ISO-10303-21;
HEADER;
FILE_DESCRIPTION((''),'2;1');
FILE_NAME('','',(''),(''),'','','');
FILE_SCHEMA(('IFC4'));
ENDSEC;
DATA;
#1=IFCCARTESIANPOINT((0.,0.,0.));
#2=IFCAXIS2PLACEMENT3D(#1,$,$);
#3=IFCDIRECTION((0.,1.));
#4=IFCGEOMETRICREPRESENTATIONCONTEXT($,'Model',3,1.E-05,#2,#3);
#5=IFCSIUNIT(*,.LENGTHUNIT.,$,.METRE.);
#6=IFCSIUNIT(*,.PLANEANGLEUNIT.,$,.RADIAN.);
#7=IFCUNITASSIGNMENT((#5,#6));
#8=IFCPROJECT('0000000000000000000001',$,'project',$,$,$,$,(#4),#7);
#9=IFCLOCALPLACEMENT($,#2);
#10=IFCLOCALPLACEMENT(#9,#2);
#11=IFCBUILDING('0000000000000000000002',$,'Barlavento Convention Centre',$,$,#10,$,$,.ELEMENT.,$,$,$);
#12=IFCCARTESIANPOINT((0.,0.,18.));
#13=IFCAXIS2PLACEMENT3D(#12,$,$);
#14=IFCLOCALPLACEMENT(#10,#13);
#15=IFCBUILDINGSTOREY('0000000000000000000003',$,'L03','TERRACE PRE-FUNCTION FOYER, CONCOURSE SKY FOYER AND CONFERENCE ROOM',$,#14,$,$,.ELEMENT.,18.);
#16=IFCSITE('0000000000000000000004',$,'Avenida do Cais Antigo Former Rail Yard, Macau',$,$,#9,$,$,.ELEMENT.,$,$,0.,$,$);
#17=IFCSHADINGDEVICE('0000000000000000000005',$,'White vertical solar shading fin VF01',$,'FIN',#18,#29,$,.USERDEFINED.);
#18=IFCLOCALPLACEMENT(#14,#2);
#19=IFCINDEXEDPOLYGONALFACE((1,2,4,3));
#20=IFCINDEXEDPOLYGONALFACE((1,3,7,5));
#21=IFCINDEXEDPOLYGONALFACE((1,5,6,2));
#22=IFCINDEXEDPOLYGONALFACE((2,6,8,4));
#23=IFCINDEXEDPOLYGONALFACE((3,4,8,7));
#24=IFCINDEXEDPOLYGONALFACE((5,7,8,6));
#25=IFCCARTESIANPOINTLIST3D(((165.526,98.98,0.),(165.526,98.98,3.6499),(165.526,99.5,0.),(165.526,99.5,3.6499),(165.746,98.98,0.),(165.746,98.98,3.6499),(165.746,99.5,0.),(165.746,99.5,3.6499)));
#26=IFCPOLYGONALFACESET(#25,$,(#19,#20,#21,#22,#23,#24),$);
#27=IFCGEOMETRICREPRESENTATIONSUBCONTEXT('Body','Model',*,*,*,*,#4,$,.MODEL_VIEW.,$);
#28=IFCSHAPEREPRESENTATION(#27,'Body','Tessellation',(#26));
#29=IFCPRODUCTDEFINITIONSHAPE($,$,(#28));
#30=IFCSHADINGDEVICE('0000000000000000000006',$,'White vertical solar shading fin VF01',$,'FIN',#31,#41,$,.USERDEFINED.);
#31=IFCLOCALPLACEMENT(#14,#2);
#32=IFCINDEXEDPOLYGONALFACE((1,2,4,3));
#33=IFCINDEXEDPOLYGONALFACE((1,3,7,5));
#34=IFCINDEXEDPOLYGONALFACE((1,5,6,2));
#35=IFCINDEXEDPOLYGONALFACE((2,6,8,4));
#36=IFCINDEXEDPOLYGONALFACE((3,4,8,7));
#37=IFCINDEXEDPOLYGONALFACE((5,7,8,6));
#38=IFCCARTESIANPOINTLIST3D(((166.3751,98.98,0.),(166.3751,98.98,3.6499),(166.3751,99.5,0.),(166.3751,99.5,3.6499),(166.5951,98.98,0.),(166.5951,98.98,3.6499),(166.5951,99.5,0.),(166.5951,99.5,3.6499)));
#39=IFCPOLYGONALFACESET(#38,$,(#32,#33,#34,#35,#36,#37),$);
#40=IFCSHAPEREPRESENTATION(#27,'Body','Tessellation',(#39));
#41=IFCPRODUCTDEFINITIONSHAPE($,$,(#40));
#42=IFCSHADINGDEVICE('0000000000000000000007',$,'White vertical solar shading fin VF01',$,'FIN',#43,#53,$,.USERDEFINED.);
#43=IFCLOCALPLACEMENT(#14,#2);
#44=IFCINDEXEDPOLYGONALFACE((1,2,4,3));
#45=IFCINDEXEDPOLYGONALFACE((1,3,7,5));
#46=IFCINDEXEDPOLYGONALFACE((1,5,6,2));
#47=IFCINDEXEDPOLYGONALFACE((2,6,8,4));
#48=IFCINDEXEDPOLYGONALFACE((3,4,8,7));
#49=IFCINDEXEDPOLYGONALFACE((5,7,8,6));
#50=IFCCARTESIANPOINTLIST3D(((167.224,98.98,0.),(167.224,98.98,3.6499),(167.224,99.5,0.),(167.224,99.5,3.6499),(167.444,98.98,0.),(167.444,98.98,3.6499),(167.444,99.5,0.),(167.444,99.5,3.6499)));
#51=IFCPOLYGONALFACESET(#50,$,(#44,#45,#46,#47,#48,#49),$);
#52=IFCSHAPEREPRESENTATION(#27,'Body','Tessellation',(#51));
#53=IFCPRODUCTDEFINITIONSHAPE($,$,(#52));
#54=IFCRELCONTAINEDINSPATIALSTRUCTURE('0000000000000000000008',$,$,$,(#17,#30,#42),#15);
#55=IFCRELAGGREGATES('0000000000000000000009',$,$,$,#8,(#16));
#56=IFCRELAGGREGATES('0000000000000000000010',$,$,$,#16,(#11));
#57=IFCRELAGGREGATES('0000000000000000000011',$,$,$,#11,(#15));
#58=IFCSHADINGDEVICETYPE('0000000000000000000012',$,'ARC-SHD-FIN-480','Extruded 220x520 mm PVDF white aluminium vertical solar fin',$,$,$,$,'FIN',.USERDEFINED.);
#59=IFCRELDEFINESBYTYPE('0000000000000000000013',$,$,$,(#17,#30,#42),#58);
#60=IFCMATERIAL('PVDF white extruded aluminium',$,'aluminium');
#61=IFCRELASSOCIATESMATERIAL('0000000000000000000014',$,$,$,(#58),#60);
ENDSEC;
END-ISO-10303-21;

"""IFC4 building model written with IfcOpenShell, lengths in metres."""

from ifc_helpers import new_model, si_unit, direction, frame, origin, origin_2d, place, context, subcontext, project, spatial, rectangle, extrude, material, type_object, element, save


model = new_model("IFC4")

# Units and contexts
model_context = context("Model", 3, precision=1e-05, world=origin(), true_north=direction((0.0, 1.0)))
body_context = subcontext(model_context, "Body", "Model", "MODEL_VIEW")
ifc_project = project(units=[si_unit("LENGTHUNIT", "METRE"), si_unit("PLANEANGLEUNIT", "RADIAN")], contexts=[model_context])

# Site, building, storey
site_placement = place(None, origin())
site = spatial("IfcSite", under=ifc_project, at=site_placement, Name="Avenida do Cais Antigo Former Rail Yard, Macau", CompositionType="ELEMENT", RefElevation=0.0)
building_placement = place(site_placement, origin())
building = spatial("IfcBuilding", under=site, at=building_placement, Name="Barlavento Convention Centre", CompositionType="ELEMENT")
storey_placement = place(building_placement, frame((0.0, 0.0, 18.0)))
storey = spatial("IfcBuildingStorey", under=building, at=storey_placement, Name="L03", Description="TERRACE PRE-FUNCTION FOYER, CONCOURSE SKY FOYER AND CONFERENCE ROOM", CompositionType="ELEMENT", Elevation=18.0)

# Shading devices
ifc_material_1 = material(Name="PVDF white extruded aluminium", Category="aluminium")
shading_device_type = type_object("IfcShadingDeviceType", Name="ARC-SHD-FIN-480", Description="Extruded 220x520 mm PVDF white aluminium vertical solar fin", ElementType="FIN", PredefinedType="USERDEFINED", material=ifc_material_1)
for number, where, z_axis, x_axis, name in (
    (1, (165.636, 99.24, 0.0), (0.0, 0.0, 1.0), (1.0, 0.0, 0.0), "White vertical solar shading fin VF01"),
    (2, (166.4851, 99.24, 0.0), (0.0, 0.0, 1.0), (1.0, 0.0, 0.0), "White vertical solar shading fin VF01"),
    (3, (167.334, 99.24, 0.0), (0.0, 0.0, 1.0), (1.0, 0.0, 0.0), "White vertical solar shading fin VF01"),
):
    element("IfcShadingDevice", number, at=place(storey_placement, frame(where, z_axis=z_axis, x_axis=x_axis)), inside=storey, type_object=shading_device_type, Name=name, ObjectType="FIN", PredefinedType="USERDEFINED", context=body_context, shape_type="SweptSolid", body=[
        extrude(rectangle(XDim=0.22, YDim=0.52, at=origin_2d()), origin(), (0.0, 0.0, 1.0), 3.6499),
    ])

save(model, "model.ifc")
